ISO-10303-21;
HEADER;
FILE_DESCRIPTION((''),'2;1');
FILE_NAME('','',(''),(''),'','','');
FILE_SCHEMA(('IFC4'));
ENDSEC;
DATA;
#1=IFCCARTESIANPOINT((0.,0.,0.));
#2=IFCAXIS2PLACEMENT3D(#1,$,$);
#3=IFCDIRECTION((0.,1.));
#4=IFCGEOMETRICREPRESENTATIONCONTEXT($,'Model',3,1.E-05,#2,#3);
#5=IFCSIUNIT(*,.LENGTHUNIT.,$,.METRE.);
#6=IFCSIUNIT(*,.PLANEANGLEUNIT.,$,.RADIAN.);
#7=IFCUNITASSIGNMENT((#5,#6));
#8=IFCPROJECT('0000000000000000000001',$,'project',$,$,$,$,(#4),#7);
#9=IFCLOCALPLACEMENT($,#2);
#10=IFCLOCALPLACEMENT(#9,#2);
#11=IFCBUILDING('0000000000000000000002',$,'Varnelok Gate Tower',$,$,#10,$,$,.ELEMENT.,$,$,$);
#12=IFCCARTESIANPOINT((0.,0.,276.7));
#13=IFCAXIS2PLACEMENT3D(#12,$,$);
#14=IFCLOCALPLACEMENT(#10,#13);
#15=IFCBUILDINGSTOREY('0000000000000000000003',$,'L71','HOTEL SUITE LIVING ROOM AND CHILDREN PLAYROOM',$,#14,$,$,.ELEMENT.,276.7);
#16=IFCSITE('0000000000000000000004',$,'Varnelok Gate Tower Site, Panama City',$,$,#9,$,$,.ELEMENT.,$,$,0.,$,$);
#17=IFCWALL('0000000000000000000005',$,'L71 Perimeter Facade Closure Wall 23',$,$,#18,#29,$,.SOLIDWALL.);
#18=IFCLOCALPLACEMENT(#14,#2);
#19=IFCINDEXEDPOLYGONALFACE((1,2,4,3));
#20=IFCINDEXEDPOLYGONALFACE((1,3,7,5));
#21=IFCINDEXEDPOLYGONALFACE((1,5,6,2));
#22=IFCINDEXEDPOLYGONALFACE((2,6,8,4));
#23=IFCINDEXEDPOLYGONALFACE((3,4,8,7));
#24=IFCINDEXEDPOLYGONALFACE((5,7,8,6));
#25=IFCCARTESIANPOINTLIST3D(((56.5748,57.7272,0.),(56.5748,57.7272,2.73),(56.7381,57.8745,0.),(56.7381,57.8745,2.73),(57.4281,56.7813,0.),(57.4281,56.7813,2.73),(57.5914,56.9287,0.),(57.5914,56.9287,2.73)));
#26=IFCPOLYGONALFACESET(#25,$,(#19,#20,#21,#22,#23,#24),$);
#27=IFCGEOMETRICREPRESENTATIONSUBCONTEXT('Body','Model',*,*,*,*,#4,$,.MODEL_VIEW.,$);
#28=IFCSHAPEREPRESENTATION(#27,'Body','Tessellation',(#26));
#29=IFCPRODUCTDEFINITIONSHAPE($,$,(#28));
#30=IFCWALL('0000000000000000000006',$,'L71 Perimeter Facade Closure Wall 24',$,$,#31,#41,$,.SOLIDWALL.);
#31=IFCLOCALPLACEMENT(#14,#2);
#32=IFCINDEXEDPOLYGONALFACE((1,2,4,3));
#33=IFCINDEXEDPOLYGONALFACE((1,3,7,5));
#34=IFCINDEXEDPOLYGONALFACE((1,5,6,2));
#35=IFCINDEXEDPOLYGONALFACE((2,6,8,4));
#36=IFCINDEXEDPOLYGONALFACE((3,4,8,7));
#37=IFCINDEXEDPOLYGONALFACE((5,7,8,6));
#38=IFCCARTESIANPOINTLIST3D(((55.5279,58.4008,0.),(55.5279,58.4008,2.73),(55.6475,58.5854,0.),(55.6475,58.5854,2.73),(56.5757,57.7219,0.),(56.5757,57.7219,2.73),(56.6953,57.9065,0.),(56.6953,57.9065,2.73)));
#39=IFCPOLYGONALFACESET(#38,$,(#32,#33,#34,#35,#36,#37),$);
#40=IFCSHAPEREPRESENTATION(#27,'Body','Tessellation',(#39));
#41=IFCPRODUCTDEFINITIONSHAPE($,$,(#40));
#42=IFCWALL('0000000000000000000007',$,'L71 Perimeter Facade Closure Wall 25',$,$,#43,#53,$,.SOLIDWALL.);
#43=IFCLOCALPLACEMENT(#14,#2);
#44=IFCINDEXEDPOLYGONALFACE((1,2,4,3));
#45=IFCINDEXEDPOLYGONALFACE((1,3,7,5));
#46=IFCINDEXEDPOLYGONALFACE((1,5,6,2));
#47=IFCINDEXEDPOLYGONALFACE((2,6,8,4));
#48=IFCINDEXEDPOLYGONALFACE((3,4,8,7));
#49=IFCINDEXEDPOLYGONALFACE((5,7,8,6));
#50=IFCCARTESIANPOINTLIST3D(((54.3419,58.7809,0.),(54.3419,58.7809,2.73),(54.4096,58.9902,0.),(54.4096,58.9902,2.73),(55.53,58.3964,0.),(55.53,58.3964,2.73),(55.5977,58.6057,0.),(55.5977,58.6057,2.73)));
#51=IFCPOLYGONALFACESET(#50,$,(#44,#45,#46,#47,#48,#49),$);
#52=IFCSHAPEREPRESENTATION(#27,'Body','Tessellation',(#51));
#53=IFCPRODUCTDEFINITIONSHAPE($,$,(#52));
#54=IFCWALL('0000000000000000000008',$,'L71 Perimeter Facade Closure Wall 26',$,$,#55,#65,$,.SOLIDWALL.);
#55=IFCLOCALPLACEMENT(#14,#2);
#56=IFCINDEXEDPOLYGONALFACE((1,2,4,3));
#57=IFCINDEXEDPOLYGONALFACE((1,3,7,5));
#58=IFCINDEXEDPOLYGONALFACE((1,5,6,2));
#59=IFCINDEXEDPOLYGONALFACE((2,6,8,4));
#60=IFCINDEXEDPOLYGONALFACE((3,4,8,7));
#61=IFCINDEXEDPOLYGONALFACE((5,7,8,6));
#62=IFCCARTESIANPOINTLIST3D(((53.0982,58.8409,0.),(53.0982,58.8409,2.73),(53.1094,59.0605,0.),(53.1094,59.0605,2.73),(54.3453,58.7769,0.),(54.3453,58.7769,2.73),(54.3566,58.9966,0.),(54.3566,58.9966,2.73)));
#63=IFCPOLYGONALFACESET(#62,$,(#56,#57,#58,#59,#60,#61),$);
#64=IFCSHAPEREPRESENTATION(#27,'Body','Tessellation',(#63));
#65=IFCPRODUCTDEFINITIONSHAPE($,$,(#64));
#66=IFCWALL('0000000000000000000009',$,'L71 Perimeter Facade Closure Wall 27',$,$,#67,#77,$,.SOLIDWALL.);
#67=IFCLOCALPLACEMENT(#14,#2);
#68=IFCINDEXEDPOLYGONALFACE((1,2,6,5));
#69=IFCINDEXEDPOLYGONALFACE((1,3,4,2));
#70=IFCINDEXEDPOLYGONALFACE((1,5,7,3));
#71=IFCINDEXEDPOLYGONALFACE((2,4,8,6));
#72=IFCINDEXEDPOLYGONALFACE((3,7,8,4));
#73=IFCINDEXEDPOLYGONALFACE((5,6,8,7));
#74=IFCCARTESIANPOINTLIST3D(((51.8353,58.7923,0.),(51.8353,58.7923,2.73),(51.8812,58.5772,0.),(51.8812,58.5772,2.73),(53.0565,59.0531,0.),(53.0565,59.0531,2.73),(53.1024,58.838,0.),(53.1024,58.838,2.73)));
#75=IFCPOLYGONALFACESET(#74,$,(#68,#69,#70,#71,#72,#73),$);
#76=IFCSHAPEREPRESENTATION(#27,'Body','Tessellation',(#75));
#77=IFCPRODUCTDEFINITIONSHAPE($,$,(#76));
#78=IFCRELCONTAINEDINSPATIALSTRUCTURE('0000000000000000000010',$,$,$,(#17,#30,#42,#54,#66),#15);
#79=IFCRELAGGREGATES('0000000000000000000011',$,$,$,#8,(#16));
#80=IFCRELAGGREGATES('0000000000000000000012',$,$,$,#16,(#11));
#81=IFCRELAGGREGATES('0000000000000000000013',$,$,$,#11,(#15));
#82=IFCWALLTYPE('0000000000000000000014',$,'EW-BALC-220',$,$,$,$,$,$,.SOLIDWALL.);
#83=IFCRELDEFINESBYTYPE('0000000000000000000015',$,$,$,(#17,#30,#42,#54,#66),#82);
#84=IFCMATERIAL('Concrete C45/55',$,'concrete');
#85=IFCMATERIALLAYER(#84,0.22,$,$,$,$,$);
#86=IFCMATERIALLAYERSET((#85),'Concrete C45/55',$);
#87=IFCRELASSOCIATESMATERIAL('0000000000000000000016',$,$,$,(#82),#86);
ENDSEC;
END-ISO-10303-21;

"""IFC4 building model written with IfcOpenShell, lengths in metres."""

from ifc_helpers import new_model, si_unit, direction, frame, frame_2d, origin, place, context, subcontext, project, spatial, rectangle, extrude, material, layer, layer_set, type_object, element, save


model = new_model("IFC4")

# Units and contexts
model_context = context("Model", 3, precision=1e-05, world=origin(), true_north=direction((0.0, 1.0)))
body_context = subcontext(model_context, "Body", "Model", "MODEL_VIEW")
ifc_project = project(units=[si_unit("LENGTHUNIT", "METRE"), si_unit("PLANEANGLEUNIT", "RADIAN")], contexts=[model_context])

# Site, building, storey
site_placement = place(None, origin())
site = spatial("IfcSite", under=ifc_project, at=site_placement, Name="Varnelok Gate Tower Site, Panama City", CompositionType="ELEMENT", RefElevation=0.0)
building_placement = place(site_placement, origin())
building = spatial("IfcBuilding", under=site, at=building_placement, Name="Varnelok Gate Tower", CompositionType="ELEMENT")
storey_placement = place(building_placement, frame((0.0, 0.0, 276.7)))
storey = spatial("IfcBuildingStorey", under=building, at=storey_placement, Name="L71", Description="HOTEL SUITE LIVING ROOM AND CHILDREN PLAYROOM", CompositionType="ELEMENT", Elevation=276.7)

# Walls
ifc_material_1 = material(Name="Concrete C45/55", Category="concrete")
ifc_layer_1 = layer(ifc_material_1, 0.22)
ifc_layer_set_1 = layer_set([ifc_layer_1], Name="Concrete C45/55")
wall_type = type_object("IfcWallType", Name="EW-BALC-220", PredefinedType="SOLIDWALL", material=ifc_layer_set_1)
wall_1_placement = place(storey_placement, frame((57.5098, 56.855, 0.0), z_axis=(0.0, 0.0, 1.0), x_axis=(-0.669854, 0.742493, 0.0)))
element("IfcWall", 1, at=wall_1_placement, inside=storey, type_object=wall_type, Name="L71 Perimeter Facade Closure Wall 23", PredefinedType="SOLIDWALL", context=body_context, shape_type="SweptSolid", body=[
    extrude(rectangle(XDim=1.2739, YDim=0.22, at=frame_2d((0.637, 0.0))), origin(), (0.0, 0.0, 1.0), 2.73),
])
wall_2_placement = place(storey_placement, frame((56.6355, 57.8142, 0.0), z_axis=(0.0, 0.0, 1.0), x_axis=(-0.839229, 0.543778, 0.0)))
element("IfcWall", 2, at=wall_2_placement, inside=storey, type_object=wall_type, Name="L71 Perimeter Facade Closure Wall 24", PredefinedType="SOLIDWALL", context=body_context, shape_type="SweptSolid", body=[
    extrude(rectangle(XDim=1.2485, YDim=0.22, at=frame_2d((0.6243, 0.0))), origin(), (0.0, 0.0, 1.0), 2.73),
])
for number, where, z_axis, x_axis, name in (
    (3, (55.564, 58.501, 0.0), (0.0, 0.0, 1.0), (-0.951404, 0.307945, 0.0), "L71 Perimeter Facade Closure Wall 25"),
    (4, (54.3511, 58.8867, 0.0), (0.0, 0.0, 1.0), (-0.998687, 0.051225, 0.0), "L71 Perimeter Facade Closure Wall 26"),
    (5, (53.0796, 58.9456, 0.0), (0.0, 0.0, 1.0), (-0.977957, -0.208808, 0.0), "L71 Perimeter Facade Closure Wall 27"),
):
    element("IfcWall", number, at=place(storey_placement, frame(where, z_axis=z_axis, x_axis=x_axis)), inside=storey, type_object=wall_type, Name=name, PredefinedType="SOLIDWALL", context=body_context, shape_type="SweptSolid", body=[
        extrude(rectangle(XDim=1.2488, YDim=0.22, at=frame_2d((0.6245, 0.0))), origin(), (0.0, 0.0, 1.0), 2.73),
    ])

save(model, "model.ifc")
